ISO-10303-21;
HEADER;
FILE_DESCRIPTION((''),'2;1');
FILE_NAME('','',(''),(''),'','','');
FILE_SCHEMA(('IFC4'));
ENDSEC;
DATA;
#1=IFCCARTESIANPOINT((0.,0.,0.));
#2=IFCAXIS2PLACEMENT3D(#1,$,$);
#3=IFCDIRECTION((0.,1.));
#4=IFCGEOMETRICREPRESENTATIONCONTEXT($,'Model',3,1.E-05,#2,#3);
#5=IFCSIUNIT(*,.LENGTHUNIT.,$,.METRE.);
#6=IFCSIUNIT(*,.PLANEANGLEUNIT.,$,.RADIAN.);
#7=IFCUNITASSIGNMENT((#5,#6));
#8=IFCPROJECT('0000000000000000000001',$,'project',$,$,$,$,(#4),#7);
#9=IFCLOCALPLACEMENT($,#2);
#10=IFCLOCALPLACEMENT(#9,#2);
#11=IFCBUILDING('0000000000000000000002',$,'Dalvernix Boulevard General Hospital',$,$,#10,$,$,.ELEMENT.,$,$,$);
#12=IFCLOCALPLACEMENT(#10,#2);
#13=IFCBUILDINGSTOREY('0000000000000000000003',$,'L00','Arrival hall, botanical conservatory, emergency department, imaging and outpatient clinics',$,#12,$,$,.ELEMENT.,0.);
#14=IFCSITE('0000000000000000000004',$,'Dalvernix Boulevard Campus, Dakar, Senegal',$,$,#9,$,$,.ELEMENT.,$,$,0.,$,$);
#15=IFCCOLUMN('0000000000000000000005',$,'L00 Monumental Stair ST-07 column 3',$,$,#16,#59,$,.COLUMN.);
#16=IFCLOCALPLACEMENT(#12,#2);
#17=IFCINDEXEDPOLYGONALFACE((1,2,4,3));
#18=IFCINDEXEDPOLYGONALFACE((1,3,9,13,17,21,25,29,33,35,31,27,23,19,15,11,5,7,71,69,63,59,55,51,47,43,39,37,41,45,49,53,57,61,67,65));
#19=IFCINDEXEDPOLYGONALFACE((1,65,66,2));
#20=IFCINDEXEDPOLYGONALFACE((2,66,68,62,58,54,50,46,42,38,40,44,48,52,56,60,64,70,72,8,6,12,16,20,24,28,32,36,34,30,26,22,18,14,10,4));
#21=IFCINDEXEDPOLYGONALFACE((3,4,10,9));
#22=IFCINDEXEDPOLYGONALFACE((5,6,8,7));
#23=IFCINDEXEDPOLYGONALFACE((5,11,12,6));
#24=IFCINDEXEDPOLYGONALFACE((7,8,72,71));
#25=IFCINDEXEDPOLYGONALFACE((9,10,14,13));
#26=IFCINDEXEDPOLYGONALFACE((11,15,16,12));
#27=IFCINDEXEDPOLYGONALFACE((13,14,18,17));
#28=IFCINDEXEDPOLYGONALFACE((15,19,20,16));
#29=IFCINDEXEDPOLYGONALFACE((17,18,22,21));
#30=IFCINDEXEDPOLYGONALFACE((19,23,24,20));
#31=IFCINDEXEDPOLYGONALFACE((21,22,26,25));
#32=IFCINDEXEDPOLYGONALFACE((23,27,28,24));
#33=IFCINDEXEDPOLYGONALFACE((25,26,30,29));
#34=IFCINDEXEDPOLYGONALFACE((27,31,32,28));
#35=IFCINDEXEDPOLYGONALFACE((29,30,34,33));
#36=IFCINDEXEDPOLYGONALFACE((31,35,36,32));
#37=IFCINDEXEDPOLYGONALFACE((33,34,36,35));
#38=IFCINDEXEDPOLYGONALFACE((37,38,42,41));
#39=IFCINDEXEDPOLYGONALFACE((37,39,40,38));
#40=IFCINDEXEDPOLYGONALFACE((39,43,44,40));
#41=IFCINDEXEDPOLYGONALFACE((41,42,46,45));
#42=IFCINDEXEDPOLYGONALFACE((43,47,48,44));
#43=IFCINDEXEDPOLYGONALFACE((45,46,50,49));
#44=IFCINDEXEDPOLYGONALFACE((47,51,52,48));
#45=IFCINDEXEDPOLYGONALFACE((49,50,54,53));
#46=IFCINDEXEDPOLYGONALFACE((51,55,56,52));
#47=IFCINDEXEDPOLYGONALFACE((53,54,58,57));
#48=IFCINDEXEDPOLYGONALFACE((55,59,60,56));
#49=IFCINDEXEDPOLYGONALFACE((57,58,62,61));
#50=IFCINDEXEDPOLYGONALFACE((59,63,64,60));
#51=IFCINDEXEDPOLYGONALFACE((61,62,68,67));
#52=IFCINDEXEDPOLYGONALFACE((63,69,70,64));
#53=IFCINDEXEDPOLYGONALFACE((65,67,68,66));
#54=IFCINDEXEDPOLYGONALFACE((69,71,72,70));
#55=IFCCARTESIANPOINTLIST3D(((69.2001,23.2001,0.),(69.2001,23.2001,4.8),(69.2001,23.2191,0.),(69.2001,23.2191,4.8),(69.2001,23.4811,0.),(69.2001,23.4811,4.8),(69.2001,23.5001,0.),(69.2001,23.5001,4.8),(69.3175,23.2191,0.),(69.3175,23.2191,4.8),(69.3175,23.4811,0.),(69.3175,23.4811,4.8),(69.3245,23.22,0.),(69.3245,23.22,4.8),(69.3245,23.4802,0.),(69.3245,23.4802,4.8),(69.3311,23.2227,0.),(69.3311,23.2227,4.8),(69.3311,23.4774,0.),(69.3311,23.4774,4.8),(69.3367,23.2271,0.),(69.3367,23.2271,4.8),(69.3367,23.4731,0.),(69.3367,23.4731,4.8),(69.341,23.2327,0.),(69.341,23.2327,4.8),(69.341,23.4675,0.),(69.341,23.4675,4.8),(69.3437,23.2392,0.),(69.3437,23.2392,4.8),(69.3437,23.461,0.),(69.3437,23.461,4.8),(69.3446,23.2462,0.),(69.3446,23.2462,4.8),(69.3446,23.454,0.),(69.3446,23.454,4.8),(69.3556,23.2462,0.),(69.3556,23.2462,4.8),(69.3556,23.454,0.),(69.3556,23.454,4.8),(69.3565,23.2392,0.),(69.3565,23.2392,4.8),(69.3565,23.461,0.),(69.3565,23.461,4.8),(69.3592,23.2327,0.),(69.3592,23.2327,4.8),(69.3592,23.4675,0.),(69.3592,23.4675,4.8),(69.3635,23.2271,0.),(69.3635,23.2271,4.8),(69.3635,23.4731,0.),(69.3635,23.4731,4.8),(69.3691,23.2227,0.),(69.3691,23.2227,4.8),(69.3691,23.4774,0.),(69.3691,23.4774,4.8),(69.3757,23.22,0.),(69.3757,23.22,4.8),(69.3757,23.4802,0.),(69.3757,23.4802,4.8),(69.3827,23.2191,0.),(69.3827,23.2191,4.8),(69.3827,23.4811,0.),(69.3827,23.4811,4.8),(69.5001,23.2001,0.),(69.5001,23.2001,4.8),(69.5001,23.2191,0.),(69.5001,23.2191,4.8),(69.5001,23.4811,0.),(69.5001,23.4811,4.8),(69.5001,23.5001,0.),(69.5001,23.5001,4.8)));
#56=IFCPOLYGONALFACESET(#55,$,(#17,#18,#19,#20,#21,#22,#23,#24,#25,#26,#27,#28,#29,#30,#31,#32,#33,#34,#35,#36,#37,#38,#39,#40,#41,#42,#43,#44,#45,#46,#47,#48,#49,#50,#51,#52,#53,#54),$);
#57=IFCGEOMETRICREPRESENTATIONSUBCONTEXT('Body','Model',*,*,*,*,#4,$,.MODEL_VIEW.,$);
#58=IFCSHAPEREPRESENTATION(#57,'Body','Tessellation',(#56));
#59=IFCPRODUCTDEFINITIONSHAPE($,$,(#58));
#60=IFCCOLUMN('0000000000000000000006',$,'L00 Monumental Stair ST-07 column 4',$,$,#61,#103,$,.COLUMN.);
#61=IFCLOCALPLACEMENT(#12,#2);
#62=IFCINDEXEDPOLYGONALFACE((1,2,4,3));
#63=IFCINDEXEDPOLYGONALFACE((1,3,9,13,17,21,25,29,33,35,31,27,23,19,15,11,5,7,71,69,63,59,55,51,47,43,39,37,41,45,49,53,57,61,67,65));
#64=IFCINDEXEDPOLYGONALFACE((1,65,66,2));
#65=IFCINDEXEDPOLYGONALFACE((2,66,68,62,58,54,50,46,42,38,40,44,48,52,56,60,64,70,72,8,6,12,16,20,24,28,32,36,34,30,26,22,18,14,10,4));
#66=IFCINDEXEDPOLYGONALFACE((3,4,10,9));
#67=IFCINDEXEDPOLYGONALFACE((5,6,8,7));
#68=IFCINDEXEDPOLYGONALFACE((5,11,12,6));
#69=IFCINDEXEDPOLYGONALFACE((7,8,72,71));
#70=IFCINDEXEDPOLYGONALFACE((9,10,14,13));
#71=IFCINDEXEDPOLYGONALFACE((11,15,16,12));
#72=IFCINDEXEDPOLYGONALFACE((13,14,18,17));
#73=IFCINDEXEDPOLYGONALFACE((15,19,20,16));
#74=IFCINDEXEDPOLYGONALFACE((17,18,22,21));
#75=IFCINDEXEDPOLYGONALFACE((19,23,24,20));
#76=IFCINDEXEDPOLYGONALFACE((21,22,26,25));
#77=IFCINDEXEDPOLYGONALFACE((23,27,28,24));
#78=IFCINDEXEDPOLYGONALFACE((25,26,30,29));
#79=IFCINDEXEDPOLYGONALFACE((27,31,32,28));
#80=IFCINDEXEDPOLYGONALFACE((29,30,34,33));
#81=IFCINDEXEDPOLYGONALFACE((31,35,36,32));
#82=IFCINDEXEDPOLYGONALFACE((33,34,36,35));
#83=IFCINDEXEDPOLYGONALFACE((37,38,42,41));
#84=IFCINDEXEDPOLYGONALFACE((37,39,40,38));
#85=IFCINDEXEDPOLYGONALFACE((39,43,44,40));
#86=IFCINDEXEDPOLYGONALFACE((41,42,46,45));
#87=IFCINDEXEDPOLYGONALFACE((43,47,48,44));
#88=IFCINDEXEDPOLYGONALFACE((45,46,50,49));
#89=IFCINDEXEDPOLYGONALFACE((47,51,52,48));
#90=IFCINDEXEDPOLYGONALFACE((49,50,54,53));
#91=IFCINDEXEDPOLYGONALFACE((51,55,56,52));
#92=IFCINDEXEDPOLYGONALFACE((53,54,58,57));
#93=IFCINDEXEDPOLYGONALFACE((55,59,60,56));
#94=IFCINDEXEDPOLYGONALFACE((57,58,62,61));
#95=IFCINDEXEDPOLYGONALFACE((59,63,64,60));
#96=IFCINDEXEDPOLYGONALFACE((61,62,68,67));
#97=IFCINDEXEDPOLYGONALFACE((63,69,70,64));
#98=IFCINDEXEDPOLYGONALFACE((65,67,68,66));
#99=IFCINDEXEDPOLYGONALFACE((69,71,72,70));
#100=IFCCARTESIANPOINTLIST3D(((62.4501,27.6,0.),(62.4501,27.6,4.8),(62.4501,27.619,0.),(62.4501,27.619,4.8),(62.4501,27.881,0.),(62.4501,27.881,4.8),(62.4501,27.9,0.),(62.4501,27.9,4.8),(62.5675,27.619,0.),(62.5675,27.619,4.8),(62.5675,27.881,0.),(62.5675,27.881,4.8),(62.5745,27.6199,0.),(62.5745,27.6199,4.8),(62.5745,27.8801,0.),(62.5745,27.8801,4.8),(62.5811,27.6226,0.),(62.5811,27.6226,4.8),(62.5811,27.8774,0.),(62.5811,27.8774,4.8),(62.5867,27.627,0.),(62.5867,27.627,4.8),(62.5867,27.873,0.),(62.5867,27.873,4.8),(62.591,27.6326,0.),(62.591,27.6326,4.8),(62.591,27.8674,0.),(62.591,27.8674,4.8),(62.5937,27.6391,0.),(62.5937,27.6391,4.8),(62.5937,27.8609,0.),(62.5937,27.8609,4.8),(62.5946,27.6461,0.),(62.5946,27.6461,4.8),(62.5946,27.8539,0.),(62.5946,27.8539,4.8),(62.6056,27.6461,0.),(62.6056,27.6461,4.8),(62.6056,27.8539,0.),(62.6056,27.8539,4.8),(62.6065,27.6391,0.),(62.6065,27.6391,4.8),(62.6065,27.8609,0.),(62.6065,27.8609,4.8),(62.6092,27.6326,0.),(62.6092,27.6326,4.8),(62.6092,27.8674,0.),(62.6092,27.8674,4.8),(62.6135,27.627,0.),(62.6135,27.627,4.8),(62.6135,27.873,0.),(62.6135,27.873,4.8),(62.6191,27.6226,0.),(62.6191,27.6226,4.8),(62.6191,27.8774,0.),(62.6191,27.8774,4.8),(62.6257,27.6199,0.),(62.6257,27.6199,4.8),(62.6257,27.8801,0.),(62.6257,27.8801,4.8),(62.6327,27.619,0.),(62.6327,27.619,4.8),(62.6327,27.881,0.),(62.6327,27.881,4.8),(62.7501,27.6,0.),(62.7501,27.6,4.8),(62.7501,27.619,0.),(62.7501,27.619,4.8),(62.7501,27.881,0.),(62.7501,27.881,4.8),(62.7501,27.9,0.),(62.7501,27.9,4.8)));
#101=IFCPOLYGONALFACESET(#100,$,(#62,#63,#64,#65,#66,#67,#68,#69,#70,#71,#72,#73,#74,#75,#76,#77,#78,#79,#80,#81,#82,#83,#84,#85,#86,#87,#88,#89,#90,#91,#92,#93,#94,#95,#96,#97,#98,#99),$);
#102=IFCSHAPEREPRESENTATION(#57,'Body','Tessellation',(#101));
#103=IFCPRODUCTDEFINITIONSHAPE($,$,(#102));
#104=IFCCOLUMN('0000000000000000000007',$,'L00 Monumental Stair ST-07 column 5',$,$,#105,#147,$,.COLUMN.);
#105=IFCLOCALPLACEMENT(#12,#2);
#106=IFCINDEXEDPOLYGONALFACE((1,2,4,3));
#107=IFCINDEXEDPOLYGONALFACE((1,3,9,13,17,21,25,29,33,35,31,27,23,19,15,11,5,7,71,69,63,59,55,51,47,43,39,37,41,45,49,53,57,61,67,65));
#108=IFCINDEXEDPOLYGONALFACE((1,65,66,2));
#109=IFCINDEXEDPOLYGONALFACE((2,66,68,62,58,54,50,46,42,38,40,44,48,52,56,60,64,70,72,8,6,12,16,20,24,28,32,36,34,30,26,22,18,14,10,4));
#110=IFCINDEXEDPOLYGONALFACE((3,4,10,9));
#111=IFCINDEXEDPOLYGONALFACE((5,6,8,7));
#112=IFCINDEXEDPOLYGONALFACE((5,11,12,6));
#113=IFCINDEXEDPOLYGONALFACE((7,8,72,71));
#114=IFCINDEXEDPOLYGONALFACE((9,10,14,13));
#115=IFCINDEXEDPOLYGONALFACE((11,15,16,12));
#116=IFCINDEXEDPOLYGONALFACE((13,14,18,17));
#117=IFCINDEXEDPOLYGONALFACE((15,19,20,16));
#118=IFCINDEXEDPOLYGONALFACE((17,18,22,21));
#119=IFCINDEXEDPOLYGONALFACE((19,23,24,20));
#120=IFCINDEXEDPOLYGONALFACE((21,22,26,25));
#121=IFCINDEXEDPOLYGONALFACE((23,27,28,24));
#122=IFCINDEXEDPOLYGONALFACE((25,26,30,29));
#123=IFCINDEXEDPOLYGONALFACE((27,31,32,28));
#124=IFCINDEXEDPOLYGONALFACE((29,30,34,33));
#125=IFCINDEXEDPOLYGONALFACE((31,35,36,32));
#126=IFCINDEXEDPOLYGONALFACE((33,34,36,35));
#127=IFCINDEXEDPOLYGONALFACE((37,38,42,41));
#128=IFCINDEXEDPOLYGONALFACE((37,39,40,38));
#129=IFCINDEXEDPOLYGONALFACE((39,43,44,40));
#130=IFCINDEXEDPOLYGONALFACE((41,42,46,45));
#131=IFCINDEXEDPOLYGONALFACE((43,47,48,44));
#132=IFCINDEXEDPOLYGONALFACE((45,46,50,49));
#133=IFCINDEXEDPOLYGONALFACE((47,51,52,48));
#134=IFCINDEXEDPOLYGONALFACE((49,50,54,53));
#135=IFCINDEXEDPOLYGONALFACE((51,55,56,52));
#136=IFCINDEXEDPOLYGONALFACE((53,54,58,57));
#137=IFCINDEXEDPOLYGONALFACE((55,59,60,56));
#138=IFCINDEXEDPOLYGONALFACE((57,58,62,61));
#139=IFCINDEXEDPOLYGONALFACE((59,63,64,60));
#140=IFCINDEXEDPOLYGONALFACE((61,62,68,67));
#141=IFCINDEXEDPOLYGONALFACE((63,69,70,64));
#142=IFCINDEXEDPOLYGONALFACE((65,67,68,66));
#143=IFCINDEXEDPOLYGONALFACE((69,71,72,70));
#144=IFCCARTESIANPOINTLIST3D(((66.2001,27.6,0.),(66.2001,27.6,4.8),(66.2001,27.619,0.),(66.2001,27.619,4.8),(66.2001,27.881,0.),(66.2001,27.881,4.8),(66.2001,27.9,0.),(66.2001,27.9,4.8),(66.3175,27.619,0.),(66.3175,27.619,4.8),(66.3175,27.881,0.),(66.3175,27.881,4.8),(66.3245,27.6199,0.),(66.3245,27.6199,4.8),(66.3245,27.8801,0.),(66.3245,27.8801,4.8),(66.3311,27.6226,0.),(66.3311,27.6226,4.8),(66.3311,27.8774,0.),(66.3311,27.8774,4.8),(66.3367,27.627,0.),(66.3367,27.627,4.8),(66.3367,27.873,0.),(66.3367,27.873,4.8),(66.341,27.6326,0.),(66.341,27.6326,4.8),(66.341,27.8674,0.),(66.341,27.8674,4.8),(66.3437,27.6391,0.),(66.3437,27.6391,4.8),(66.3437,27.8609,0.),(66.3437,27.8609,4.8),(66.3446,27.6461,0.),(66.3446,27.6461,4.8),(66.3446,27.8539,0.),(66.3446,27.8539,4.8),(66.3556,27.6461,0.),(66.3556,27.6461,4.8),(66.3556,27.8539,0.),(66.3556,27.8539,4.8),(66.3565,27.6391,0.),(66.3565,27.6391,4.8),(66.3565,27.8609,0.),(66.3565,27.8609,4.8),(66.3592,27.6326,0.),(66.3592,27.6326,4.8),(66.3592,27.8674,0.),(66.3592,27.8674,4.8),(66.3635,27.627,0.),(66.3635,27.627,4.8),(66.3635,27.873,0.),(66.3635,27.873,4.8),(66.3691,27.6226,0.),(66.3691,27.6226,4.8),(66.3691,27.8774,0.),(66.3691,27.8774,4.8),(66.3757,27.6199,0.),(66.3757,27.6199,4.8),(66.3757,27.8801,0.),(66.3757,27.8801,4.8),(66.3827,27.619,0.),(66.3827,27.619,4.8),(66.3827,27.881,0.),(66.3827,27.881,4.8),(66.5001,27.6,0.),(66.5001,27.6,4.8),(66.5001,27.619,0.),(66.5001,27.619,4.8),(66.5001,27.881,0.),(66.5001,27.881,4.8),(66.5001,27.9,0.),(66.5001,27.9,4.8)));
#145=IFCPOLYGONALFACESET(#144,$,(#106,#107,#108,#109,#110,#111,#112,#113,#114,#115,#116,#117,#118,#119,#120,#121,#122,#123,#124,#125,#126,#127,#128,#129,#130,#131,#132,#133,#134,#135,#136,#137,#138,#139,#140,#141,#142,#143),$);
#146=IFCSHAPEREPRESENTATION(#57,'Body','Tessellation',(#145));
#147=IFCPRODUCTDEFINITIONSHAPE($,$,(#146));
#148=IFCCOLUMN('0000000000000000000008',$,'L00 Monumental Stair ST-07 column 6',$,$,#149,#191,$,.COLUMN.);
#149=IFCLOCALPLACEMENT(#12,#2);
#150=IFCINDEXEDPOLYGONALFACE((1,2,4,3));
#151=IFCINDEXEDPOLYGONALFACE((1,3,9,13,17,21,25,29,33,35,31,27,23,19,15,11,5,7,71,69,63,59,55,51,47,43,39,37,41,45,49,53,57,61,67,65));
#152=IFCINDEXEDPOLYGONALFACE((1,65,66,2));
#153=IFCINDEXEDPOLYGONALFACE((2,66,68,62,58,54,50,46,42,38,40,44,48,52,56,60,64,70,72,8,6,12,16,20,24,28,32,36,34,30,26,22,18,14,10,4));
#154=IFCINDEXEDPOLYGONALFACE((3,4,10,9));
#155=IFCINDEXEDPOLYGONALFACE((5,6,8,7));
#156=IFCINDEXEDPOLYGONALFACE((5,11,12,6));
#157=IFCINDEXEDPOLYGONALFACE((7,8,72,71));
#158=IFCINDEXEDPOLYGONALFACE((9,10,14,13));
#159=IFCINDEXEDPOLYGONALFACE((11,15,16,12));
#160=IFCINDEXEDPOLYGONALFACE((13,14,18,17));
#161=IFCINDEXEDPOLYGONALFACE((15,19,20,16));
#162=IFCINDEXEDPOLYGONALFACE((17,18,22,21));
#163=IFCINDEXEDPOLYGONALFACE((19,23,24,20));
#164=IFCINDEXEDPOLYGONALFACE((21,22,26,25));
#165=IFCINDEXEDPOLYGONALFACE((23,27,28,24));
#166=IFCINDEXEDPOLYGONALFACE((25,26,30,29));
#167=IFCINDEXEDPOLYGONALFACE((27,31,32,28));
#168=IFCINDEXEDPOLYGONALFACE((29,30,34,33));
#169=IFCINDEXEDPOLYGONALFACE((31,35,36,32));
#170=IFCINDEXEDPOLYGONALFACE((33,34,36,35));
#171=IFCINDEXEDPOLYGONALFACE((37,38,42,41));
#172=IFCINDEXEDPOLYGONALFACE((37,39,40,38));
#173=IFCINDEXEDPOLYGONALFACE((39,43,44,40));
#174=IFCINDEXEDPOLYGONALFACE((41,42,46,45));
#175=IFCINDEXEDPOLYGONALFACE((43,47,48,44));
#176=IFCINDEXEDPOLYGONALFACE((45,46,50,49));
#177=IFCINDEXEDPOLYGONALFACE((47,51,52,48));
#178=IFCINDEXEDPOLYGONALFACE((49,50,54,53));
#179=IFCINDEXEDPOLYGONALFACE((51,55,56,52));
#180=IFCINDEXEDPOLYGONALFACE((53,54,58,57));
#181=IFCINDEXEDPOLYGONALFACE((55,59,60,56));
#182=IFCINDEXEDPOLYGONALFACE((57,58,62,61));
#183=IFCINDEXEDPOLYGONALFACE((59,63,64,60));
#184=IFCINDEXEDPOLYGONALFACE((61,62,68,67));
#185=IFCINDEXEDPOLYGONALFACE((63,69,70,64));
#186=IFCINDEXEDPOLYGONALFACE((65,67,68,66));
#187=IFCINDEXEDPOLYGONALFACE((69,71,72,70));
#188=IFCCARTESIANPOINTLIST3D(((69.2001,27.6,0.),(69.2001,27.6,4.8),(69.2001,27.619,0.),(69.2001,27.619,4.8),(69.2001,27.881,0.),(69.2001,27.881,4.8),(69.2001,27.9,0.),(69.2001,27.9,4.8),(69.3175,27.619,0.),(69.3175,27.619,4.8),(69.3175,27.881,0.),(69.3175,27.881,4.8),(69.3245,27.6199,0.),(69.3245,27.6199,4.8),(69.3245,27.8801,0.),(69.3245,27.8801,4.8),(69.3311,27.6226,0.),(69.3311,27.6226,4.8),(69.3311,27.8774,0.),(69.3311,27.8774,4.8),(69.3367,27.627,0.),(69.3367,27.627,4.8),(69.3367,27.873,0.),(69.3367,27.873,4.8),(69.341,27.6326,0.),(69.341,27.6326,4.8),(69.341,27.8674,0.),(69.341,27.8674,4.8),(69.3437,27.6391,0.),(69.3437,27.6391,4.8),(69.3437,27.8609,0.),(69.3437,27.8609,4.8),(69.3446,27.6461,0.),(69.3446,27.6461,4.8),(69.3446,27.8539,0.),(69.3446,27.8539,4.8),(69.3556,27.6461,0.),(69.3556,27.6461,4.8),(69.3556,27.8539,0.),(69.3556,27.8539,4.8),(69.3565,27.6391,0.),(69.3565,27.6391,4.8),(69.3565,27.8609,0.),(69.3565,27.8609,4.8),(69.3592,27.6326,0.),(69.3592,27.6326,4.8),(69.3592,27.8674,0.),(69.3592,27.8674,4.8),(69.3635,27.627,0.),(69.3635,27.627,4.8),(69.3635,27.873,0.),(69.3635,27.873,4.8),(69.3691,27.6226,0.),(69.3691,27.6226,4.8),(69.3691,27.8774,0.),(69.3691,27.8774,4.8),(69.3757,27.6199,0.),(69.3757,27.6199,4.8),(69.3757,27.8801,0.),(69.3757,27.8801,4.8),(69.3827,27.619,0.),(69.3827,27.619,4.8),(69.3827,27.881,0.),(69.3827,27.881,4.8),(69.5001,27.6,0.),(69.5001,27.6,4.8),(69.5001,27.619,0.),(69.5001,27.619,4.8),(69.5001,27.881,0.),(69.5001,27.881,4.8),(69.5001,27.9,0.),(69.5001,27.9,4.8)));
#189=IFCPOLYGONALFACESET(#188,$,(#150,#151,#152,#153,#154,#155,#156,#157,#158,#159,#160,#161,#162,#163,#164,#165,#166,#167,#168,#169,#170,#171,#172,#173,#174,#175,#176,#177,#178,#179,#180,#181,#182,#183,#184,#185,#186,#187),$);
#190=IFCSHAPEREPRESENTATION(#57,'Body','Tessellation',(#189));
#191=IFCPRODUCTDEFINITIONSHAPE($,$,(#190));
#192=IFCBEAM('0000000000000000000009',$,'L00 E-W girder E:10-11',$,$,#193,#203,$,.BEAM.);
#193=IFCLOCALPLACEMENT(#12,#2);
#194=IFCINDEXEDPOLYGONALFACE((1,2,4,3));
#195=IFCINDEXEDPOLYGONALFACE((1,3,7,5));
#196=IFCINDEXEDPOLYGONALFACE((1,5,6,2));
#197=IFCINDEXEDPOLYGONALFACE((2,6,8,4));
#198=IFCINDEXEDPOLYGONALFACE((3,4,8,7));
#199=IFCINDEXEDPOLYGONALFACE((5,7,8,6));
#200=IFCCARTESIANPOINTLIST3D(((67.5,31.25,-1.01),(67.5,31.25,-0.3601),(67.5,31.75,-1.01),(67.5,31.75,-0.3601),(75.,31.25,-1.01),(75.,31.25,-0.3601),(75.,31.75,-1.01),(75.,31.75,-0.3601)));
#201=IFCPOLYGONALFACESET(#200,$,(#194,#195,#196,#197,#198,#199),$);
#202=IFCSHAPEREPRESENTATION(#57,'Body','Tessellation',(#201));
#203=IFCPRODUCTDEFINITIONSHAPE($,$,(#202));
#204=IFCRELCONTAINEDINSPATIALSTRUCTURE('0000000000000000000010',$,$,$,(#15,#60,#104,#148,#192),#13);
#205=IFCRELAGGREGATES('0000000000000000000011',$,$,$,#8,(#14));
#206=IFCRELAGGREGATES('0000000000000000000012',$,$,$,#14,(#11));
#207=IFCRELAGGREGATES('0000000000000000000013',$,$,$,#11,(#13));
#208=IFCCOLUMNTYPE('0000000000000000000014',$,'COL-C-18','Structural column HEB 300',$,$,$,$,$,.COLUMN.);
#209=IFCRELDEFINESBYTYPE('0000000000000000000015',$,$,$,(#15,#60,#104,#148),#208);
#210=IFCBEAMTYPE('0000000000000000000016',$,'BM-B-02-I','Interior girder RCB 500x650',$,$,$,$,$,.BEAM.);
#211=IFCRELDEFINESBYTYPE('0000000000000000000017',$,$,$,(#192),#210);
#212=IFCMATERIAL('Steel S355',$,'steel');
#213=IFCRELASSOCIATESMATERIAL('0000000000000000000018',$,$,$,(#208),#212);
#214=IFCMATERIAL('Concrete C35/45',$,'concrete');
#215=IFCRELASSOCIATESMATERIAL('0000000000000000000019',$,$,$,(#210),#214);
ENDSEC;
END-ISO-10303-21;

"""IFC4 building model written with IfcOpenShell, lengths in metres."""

from ifc_helpers import new_model, si_unit, direction, frame, origin, origin_2d, place, context, subcontext, project, spatial, rectangle, i_section, extrude, material, material_profile, profile_set, type_object, element, save


model = new_model("IFC4")

# Units and contexts
model_context = context("Model", 3, precision=1e-05, world=origin(), true_north=direction((0.0, 1.0)))
body_context = subcontext(model_context, "Body", "Model", "MODEL_VIEW")
ifc_project = project(units=[si_unit("LENGTHUNIT", "METRE"), si_unit("PLANEANGLEUNIT", "RADIAN")], contexts=[model_context])

# Site, building, storey
site_placement = place(None, origin())
site = spatial("IfcSite", under=ifc_project, at=site_placement, Name="Dalvernix Boulevard Campus, Dakar, Senegal", CompositionType="ELEMENT", RefElevation=0.0)
building_placement = place(site_placement, origin())
building = spatial("IfcBuilding", under=site, at=building_placement, Name="Dalvernix Boulevard General Hospital", CompositionType="ELEMENT")
storey_placement = place(building_placement, origin())
storey = spatial("IfcBuildingStorey", under=building, at=storey_placement, Name="L00", Description="Arrival hall, botanical conservatory, emergency department, imaging and outpatient clinics", CompositionType="ELEMENT", Elevation=0.0)

# Columns
ifc_material_1 = material(Name="Steel S355", Category="steel")
ifc_material_profile_1 = material_profile(ifc_material_1, i_section(OverallWidth=0.3, OverallDepth=0.3, WebThickness=0.011, FlangeThickness=0.019, FilletRadius=0.0271, at=origin_2d()), Name="HEB 300")
ifc_profile_set_1 = profile_set([ifc_material_profile_1], Name="Steel S355")
column_type_1 = type_object("IfcColumnType", Name="COL-C-18", Description="Structural column HEB 300", PredefinedType="COLUMN", material=ifc_profile_set_1)
for number, where, z_axis, x_axis, name in (
    (1, (69.3501, 23.3501, 0.0), (0.0, 0.0, 1.0), (1.0, 0.0, 0.0), "L00 Monumental Stair ST-07 column 3"),
    (2, (62.6001, 27.75, 0.0), (0.0, 0.0, 1.0), (1.0, 0.0, 0.0), "L00 Monumental Stair ST-07 column 4"),
    (3, (66.3501, 27.75, 0.0), (0.0, 0.0, 1.0), (1.0, 0.0, 0.0), "L00 Monumental Stair ST-07 column 5"),
    (4, (69.3501, 27.75, 0.0), (0.0, 0.0, 1.0), (1.0, 0.0, 0.0), "L00 Monumental Stair ST-07 column 6"),
):
    element("IfcColumn", number, at=place(storey_placement, frame(where, z_axis=z_axis, x_axis=x_axis)), inside=storey, type_object=column_type_1, Name=name, PredefinedType="COLUMN", context=body_context, shape_type="SweptSolid", body=[
        extrude(i_section(OverallWidth=0.3, OverallDepth=0.3, WebThickness=0.011, FlangeThickness=0.019, FilletRadius=0.0271, at=origin_2d()), origin(), (0.0, 0.0, 1.0), 4.8),
    ])

# Beam
ifc_material_2 = material(Name="Concrete C35/45", Category="concrete")
ifc_material_profile_2 = material_profile(ifc_material_2, rectangle(XDim=0.5, YDim=0.6499, at=origin_2d()), Name="RCB 500x650")
ifc_profile_set_2 = profile_set([ifc_material_profile_2], Name="Concrete C35/45")
beam_type_1 = type_object("IfcBeamType", Name="BM-B-02-I", Description="Interior girder RCB 500x650", PredefinedType="BEAM", material=ifc_profile_set_2)
for number, where, z_axis, x_axis, name in (
    (5, (67.5, 31.5, -0.6851), (1.0, 0.0, 0.0), (0.0, 1.0, 0.0), "L00 E-W girder E:10-11"),
):
    element("IfcBeam", number, at=place(storey_placement, frame(where, z_axis=z_axis, x_axis=x_axis)), inside=storey, type_object=beam_type_1, Name=name, PredefinedType="BEAM", context=body_context, shape_type="SweptSolid", body=[
        extrude(rectangle(XDim=0.5, YDim=0.6499, at=origin_2d()), origin(), (0.0, 0.0, 1.0), 7.5),
    ])

save(model, "model.ifc")
